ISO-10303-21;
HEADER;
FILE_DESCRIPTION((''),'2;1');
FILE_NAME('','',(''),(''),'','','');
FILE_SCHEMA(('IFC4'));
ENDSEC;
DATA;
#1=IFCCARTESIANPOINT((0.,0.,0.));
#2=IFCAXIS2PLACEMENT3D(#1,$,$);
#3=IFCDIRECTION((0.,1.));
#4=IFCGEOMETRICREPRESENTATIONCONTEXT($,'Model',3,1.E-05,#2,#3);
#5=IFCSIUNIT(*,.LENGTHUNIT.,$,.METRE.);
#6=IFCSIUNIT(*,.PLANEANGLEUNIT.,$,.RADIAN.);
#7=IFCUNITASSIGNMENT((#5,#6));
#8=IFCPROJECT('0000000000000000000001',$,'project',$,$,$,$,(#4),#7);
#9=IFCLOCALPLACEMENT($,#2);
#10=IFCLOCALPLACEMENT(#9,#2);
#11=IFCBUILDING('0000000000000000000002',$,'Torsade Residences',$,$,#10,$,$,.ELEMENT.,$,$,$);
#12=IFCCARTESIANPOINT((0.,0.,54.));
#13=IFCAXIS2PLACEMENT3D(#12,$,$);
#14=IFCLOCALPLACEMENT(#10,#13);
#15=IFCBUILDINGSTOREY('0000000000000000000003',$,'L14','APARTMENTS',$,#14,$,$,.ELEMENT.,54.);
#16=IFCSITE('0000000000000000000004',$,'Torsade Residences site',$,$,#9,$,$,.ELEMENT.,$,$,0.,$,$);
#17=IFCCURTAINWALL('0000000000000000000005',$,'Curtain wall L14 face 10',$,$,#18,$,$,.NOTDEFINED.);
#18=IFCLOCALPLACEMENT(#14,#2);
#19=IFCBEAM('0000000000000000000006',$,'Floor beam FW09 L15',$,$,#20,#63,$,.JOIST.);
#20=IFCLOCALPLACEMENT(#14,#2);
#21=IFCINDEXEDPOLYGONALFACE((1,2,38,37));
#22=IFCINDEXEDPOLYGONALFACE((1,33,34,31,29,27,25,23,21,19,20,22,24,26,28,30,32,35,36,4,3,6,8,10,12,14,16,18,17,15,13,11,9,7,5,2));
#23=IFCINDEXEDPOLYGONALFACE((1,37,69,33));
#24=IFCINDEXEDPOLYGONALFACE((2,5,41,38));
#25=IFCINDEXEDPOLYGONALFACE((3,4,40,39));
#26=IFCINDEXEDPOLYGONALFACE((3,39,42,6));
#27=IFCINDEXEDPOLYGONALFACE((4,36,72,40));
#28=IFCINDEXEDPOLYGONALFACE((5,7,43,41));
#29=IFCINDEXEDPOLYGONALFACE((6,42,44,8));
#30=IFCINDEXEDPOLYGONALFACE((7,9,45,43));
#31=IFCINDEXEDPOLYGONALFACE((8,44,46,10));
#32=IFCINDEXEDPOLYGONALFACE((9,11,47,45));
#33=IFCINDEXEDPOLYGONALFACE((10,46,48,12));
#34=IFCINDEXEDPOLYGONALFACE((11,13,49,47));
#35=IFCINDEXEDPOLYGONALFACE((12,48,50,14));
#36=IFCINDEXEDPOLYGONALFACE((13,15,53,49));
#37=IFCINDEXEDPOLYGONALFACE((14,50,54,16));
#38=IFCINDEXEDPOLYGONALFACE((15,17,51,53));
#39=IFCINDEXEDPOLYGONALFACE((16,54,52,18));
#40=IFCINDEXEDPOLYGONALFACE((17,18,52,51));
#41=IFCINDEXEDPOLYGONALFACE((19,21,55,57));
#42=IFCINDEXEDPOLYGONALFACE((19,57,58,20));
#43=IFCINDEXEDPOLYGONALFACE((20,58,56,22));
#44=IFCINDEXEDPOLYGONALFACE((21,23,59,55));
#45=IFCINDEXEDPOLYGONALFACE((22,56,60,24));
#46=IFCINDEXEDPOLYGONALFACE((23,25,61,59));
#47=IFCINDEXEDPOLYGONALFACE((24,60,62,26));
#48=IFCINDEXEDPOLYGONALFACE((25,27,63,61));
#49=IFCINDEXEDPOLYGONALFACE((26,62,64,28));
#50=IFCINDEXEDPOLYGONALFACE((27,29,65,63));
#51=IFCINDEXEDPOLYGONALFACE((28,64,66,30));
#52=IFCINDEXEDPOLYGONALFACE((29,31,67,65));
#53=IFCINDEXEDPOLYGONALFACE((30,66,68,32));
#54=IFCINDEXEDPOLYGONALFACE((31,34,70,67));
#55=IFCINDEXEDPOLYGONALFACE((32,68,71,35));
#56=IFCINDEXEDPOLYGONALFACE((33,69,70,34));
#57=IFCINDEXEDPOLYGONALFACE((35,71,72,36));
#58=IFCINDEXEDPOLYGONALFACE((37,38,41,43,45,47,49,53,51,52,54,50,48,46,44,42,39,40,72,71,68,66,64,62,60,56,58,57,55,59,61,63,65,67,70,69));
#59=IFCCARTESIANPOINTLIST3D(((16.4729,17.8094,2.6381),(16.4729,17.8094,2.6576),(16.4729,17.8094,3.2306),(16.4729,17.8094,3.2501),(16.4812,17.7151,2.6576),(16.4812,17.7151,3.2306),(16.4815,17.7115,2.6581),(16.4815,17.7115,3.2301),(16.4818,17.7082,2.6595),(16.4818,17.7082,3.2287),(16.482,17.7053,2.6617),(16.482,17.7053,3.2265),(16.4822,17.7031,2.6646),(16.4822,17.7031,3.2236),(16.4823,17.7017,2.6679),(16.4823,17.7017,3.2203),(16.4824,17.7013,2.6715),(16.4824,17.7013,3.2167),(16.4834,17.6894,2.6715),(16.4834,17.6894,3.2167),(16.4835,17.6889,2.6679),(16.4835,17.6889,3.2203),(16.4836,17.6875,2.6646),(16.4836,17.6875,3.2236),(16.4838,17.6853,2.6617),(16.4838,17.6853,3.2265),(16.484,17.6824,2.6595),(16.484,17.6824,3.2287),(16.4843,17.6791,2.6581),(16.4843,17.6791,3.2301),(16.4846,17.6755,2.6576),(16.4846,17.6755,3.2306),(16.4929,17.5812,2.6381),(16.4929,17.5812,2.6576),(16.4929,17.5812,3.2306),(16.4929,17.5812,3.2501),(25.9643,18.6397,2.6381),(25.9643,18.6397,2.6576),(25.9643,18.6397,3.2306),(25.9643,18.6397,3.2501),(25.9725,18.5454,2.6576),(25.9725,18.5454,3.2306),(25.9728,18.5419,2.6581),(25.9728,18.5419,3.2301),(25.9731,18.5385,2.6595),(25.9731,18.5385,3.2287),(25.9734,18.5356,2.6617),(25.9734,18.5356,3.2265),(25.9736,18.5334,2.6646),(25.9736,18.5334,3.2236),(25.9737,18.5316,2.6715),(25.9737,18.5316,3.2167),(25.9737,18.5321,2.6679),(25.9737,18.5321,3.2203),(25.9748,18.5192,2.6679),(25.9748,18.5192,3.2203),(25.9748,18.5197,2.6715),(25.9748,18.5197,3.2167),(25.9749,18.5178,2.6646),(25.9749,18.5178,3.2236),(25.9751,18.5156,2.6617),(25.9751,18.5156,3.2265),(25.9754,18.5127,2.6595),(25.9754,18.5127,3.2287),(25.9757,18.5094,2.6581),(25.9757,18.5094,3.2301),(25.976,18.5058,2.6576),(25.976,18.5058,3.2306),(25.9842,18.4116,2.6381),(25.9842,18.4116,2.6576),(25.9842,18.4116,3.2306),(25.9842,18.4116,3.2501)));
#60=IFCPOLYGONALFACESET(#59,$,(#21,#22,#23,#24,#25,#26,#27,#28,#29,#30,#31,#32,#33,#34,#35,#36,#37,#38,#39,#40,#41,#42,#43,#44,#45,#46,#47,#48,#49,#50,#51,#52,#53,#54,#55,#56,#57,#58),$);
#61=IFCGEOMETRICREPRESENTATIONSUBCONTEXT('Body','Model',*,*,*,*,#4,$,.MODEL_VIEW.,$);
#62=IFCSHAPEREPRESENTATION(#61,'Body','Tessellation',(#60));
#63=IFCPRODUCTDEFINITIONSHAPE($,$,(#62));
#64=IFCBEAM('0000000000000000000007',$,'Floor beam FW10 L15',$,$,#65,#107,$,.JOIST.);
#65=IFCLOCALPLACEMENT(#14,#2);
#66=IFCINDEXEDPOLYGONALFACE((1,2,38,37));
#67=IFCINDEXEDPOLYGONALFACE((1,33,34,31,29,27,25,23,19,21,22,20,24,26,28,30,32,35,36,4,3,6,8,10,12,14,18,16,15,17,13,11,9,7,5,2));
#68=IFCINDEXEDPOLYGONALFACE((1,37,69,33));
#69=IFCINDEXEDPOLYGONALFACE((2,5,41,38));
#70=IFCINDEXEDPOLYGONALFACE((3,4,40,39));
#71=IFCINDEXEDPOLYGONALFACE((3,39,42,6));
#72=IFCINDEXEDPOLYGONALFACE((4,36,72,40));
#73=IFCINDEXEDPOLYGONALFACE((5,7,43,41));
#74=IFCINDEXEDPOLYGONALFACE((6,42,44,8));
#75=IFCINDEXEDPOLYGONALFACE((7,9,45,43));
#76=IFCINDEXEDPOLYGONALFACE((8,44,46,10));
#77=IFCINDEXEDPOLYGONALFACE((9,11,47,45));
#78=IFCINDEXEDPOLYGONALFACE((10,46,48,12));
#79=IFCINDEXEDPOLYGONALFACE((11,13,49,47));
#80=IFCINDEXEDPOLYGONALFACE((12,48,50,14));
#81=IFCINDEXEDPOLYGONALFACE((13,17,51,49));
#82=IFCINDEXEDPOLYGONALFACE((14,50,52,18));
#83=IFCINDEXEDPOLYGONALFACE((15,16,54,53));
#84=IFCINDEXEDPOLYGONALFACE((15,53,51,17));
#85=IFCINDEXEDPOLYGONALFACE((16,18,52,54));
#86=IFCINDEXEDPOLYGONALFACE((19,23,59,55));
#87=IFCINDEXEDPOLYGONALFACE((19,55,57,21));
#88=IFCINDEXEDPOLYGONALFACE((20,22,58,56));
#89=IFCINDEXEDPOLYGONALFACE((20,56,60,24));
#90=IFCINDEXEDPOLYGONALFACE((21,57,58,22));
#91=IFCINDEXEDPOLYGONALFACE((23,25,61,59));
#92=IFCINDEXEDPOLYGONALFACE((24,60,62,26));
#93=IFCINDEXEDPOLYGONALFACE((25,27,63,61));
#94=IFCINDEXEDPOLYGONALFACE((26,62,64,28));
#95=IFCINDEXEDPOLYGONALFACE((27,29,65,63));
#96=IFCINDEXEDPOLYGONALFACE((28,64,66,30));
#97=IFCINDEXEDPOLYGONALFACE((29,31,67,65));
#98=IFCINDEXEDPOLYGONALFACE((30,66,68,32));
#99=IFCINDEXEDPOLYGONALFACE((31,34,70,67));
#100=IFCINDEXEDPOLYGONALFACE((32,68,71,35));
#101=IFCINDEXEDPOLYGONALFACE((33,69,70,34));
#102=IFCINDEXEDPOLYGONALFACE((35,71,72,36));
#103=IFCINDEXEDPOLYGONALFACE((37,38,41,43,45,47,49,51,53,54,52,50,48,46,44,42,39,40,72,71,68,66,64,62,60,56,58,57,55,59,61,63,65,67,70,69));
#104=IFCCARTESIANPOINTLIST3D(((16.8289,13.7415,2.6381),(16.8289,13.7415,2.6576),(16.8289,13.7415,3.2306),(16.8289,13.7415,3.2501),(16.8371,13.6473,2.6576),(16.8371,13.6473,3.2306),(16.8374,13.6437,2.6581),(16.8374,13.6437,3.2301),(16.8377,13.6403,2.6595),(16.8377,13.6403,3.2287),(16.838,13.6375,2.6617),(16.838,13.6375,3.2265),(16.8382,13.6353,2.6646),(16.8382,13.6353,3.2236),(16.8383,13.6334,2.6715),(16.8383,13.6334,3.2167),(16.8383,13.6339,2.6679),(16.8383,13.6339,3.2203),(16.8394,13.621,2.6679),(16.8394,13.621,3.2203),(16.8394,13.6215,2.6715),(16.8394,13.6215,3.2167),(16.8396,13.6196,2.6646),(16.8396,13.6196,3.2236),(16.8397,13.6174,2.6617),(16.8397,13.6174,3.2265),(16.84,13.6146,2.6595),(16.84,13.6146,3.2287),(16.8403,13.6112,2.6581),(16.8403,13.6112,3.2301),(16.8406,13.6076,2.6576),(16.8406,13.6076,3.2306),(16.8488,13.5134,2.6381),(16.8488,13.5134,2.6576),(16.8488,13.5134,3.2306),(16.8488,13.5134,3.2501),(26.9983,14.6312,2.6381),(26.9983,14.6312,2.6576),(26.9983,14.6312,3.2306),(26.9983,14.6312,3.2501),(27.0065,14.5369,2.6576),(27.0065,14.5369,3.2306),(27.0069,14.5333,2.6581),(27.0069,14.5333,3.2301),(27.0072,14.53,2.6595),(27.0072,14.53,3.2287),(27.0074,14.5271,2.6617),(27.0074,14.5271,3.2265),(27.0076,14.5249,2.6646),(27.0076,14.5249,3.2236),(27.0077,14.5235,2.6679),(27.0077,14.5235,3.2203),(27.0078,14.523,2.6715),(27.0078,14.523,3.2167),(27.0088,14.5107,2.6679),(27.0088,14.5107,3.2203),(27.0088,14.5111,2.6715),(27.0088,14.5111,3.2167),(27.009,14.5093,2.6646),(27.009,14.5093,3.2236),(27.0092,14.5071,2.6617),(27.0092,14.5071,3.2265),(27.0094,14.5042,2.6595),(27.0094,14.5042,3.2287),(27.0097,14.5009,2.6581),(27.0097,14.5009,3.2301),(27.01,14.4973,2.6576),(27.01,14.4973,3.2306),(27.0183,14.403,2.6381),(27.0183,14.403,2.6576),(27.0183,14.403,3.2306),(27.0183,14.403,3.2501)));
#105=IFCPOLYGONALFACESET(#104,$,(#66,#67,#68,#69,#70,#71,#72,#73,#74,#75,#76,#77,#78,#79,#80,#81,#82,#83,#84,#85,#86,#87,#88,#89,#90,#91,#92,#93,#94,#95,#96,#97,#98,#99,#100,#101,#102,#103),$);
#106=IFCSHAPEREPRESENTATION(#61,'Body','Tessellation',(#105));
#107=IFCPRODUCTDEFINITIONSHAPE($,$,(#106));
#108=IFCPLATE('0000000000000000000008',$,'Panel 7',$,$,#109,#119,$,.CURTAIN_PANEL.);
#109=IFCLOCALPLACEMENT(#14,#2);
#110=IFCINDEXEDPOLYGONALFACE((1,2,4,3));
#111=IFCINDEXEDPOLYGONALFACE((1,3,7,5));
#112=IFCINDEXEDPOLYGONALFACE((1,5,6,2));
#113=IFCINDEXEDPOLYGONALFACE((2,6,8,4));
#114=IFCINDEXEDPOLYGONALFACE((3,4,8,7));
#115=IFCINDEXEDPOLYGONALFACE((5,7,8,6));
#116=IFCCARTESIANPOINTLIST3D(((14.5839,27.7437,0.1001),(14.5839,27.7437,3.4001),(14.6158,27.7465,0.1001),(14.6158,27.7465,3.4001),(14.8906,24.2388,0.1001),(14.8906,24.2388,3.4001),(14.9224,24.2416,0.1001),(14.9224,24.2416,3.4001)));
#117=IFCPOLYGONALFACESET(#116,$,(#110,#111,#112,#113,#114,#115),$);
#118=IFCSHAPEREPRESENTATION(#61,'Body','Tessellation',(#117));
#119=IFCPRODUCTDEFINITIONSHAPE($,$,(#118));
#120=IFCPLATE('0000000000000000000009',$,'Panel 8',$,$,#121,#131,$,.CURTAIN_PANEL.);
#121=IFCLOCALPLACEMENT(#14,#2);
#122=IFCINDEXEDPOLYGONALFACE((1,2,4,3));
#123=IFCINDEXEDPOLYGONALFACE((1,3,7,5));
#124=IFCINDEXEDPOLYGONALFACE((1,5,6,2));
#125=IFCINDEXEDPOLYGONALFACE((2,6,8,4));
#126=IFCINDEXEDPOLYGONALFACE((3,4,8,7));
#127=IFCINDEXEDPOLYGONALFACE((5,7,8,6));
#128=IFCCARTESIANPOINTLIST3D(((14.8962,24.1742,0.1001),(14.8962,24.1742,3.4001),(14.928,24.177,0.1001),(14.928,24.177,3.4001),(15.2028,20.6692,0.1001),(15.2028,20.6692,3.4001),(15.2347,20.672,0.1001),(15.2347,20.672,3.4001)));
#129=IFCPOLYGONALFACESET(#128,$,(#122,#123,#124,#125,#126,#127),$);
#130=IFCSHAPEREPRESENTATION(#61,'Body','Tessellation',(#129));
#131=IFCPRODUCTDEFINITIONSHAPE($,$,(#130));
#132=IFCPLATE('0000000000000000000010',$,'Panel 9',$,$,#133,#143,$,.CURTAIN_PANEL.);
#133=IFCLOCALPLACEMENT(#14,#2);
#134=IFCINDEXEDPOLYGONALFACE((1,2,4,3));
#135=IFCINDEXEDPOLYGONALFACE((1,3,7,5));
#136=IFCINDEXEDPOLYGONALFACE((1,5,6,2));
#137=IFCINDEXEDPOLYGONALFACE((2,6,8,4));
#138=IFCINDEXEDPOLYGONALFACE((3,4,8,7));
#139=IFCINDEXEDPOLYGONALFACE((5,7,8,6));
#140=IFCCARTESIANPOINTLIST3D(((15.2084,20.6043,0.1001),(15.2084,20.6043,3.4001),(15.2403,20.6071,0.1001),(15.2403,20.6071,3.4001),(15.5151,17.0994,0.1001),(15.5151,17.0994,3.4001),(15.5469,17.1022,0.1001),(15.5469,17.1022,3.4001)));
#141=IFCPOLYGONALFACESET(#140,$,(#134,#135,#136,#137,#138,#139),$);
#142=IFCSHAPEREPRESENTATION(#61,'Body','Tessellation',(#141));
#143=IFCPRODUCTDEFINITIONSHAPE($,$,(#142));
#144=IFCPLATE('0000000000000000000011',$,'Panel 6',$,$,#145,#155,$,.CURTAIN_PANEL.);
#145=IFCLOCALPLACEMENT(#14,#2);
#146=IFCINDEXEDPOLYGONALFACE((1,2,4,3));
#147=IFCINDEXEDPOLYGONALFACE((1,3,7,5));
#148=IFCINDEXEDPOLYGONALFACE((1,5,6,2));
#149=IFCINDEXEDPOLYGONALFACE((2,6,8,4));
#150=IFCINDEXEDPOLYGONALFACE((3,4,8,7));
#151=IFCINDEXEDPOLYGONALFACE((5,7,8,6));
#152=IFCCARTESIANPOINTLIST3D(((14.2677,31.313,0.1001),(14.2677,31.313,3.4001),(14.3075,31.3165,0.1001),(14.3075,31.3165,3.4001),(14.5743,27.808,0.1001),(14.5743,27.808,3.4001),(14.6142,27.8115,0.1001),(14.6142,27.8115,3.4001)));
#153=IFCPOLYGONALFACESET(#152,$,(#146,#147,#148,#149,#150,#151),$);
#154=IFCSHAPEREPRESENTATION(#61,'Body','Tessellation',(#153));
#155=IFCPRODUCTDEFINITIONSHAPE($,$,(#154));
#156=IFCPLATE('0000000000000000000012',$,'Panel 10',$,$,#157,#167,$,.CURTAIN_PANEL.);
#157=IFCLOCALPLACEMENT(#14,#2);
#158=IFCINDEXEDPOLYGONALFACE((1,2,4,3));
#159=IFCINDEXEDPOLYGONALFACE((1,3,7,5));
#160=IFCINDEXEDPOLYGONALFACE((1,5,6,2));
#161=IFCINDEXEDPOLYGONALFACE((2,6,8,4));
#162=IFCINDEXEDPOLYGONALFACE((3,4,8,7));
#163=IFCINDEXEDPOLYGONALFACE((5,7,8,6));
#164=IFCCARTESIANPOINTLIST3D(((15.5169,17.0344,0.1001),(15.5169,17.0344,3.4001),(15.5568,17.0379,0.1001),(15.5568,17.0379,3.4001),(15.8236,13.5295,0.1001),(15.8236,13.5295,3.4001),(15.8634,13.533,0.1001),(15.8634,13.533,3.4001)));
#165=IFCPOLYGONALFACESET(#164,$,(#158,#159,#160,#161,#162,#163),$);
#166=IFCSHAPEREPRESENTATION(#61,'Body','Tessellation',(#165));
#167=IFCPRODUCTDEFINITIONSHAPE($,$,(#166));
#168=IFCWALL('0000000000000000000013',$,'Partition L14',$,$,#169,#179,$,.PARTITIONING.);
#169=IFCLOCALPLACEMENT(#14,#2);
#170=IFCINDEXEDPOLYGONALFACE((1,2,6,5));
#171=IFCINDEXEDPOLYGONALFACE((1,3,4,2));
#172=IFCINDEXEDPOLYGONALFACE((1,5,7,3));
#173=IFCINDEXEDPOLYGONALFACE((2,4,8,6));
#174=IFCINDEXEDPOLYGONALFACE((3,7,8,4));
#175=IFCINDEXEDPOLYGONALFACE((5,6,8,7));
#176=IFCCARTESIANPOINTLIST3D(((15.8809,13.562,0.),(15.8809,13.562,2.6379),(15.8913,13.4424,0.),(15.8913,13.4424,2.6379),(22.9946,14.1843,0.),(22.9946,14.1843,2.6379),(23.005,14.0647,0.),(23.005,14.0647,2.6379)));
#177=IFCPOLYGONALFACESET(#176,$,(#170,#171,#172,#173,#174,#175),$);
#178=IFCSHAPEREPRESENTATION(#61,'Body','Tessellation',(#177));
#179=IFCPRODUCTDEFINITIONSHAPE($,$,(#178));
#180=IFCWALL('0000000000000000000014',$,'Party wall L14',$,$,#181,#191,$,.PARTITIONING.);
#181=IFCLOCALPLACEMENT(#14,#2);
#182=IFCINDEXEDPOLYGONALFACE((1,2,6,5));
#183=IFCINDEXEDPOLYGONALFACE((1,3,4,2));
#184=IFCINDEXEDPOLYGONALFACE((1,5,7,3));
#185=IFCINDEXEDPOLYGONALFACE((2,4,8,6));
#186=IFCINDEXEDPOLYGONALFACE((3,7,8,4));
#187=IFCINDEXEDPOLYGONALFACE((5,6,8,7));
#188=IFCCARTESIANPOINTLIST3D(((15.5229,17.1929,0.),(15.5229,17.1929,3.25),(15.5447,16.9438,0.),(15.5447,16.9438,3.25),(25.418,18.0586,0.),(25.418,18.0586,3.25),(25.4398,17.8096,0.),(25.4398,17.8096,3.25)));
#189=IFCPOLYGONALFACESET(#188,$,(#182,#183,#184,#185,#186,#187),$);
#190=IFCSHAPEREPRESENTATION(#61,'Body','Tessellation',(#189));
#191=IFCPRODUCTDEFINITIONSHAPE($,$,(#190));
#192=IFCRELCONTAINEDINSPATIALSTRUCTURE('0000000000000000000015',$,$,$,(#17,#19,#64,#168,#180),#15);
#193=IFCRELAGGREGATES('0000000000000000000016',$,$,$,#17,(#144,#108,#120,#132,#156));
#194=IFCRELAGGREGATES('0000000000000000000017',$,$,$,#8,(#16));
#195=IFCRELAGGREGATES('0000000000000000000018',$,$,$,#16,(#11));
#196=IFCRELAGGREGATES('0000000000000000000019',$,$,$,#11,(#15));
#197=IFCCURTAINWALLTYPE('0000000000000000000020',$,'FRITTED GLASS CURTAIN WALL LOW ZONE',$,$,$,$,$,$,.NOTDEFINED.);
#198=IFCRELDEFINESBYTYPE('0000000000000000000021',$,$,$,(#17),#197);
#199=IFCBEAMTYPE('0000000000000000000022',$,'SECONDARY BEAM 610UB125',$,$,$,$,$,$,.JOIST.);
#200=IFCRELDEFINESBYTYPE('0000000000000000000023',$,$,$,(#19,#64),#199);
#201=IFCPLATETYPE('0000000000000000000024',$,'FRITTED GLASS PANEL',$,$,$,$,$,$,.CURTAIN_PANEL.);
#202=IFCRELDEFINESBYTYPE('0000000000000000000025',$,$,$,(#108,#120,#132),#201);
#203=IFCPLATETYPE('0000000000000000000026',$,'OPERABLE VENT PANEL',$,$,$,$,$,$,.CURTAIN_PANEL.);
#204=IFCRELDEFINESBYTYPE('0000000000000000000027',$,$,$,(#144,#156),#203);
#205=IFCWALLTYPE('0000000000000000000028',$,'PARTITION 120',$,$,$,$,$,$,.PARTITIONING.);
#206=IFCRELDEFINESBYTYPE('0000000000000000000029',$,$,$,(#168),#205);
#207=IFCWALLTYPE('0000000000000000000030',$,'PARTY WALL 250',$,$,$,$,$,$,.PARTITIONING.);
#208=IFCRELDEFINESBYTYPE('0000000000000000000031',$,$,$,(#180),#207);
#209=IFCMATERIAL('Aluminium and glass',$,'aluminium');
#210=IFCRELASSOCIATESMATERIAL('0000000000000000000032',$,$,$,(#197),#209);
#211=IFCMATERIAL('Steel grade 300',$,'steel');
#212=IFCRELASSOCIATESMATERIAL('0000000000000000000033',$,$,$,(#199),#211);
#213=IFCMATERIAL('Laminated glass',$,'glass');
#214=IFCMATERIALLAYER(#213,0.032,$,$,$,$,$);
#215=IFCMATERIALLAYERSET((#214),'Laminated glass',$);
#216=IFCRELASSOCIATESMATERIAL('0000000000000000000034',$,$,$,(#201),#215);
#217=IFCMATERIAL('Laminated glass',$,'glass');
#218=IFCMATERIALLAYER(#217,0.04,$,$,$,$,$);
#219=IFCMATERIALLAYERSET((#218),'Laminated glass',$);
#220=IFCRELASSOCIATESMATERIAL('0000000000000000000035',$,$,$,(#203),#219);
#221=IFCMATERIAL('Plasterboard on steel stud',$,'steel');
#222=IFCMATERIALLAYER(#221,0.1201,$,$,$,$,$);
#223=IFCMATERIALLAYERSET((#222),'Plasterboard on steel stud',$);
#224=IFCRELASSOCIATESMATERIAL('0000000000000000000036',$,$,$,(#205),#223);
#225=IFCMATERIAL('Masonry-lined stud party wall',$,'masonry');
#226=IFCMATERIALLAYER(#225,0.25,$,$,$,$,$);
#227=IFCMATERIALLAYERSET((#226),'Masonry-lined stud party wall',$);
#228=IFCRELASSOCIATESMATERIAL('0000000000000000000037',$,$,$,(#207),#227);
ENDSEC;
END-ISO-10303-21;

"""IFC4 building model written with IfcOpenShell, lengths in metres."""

from ifc_helpers import new_model, si_unit, direction, frame, frame_2d, origin, origin_2d, place, context, subcontext, project, spatial, rectangle, i_section, extrude, material, layer, layer_set, material_profile, profile_set, type_object, element, aggregate, save


model = new_model("IFC4")

# Units and contexts
model_context = context("Model", 3, precision=1e-05, world=origin(), true_north=direction((0.0, 1.0)))
body_context = subcontext(model_context, "Body", "Model", "MODEL_VIEW")
ifc_project = project(units=[si_unit("LENGTHUNIT", "METRE"), si_unit("PLANEANGLEUNIT", "RADIAN")], contexts=[model_context])

# Site, building, storey
site_placement = place(None, origin())
site = spatial("IfcSite", under=ifc_project, at=site_placement, Name="Torsade Residences site", CompositionType="ELEMENT", RefElevation=0.0)
building_placement = place(site_placement, origin())
building = spatial("IfcBuilding", under=site, at=building_placement, Name="Torsade Residences", CompositionType="ELEMENT")
storey_placement = place(building_placement, frame((0.0, 0.0, 54.0)))
storey = spatial("IfcBuildingStorey", under=building, at=storey_placement, Name="L14", Description="APARTMENTS", CompositionType="ELEMENT", Elevation=54.0)

# Curtain wall
ifc_material_1 = material(Name="Aluminium and glass", Category="aluminium")
curtain_wall_type = type_object("IfcCurtainWallType", Name="FRITTED GLASS CURTAIN WALL LOW ZONE", PredefinedType="NOTDEFINED", material=ifc_material_1)
curtain_wall_placement = place(storey_placement, origin())
curtain_wall = element("IfcCurtainWall", 1, at=curtain_wall_placement, inside=storey, type_object=curtain_wall_type, Name="Curtain wall L14 face 10", PredefinedType="NOTDEFINED")

# Beams
ifc_material_2 = material(Name="Steel grade 300", Category="steel")
ifc_material_profile_1 = material_profile(ifc_material_2, i_section(OverallWidth=0.229, OverallDepth=0.6121, WebThickness=0.012, FlangeThickness=0.0195, FilletRadius=0.0139, at=origin_2d()), Name="610UB125")
ifc_profile_set_1 = profile_set([ifc_material_profile_1], Name="Steel grade 300")
beam_type_1 = type_object("IfcBeamType", Name="SECONDARY BEAM 610UB125", PredefinedType="JOIST", material=ifc_profile_set_1)
beam_1_placement = place(storey_placement, frame((16.4829, 17.6953, 2.9441), z_axis=(0.996195, 0.087148, 0.0), x_axis=(-0.087148, 0.996195, 0.0)))
element("IfcBeam", 2, at=beam_1_placement, inside=storey, type_object=beam_type_1, Name="Floor beam FW09 L15", PredefinedType="JOIST", context=body_context, shape_type="SweptSolid", body=[
    extrude(i_section(OverallWidth=0.229, OverallDepth=0.6121, WebThickness=0.012, FlangeThickness=0.0195, FilletRadius=0.0139, at=origin_2d()), origin(), (0.0, 0.0, 1.0), 9.5276),
])
beam_2_placement = place(storey_placement, frame((16.8389, 13.6274, 2.9441), z_axis=(0.996195, 0.08715, 0.0), x_axis=(-0.08715, 0.996195, 0.0)))
element("IfcBeam", 3, at=beam_2_placement, inside=storey, type_object=beam_type_1, Name="Floor beam FW10 L15", PredefinedType="JOIST", context=body_context, shape_type="SweptSolid", body=[
    extrude(i_section(OverallWidth=0.229, OverallDepth=0.6121, WebThickness=0.012, FlangeThickness=0.0195, FilletRadius=0.0139, at=origin_2d()), origin(), (0.0, 0.0, 1.0), 10.2083),
])

# Plates
ifc_material_3 = material(Name="Laminated glass", Category="glass")
ifc_layer_1 = layer(ifc_material_3, 0.032)
ifc_layer_set_1 = layer_set([ifc_layer_1], Name="Laminated glass")
plate_type_1 = type_object("IfcPlateType", Name="FRITTED GLASS PANEL", PredefinedType="CURTAIN_PANEL", material=ifc_layer_set_1)
plate_1_placement = place(storey_placement, frame((14.7532, 25.9927, 0.1001), z_axis=(0.0, 0.0, 1.0), x_axis=(0.087156, -0.996195, 0.0)))
plate_1 = element("IfcPlate", 4, at=plate_1_placement, type_object=plate_type_1, Name="Panel 7", PredefinedType="CURTAIN_PANEL", context=body_context, shape_type="SweptSolid", body=[
    extrude(rectangle(XDim=3.5183, YDim=0.032, at=origin_2d()), origin(), (0.0, 0.0, 1.0), 3.3),
])
plate_2_placement = place(storey_placement, frame((15.0654, 22.4231, 0.1001), z_axis=(0.0, 0.0, 1.0), x_axis=(0.087156, -0.996195, 0.0)))
plate_2 = element("IfcPlate", 5, at=plate_2_placement, type_object=plate_type_1, Name="Panel 8", PredefinedType="CURTAIN_PANEL", context=body_context, shape_type="SweptSolid", body=[
    extrude(rectangle(XDim=3.5183, YDim=0.032, at=origin_2d()), origin(), (0.0, 0.0, 1.0), 3.3),
])
plate_3_placement = place(storey_placement, frame((15.3777, 18.8533, 0.1001), z_axis=(0.0, 0.0, 1.0), x_axis=(0.087156, -0.996195, 0.0)))
plate_3 = element("IfcPlate", 6, at=plate_3_placement, type_object=plate_type_1, Name="Panel 9", PredefinedType="CURTAIN_PANEL", context=body_context, shape_type="SweptSolid", body=[
    extrude(rectangle(XDim=3.5183, YDim=0.032, at=origin_2d()), origin(), (0.0, 0.0, 1.0), 3.3),
])
ifc_material_4 = material(Name="Laminated glass", Category="glass")
ifc_layer_2 = layer(ifc_material_4, 0.04)
ifc_layer_set_2 = layer_set([ifc_layer_2], Name="Laminated glass")
plate_type_2 = type_object("IfcPlateType", Name="OPERABLE VENT PANEL", PredefinedType="CURTAIN_PANEL", material=ifc_layer_set_2)
plate_4_placement = place(storey_placement, frame((14.4409, 29.5623, 0.1001), z_axis=(0.0, 0.0, 1.0), x_axis=(0.087156, -0.996195, 0.0)))
plate_4 = element("IfcPlate", 7, at=plate_4_placement, type_object=plate_type_2, Name="Panel 6", PredefinedType="CURTAIN_PANEL", context=body_context, shape_type="SweptSolid", body=[
    extrude(rectangle(XDim=3.5183, YDim=0.04, at=origin_2d()), origin(), (0.0, 0.0, 1.0), 3.3),
])
plate_5_placement = place(storey_placement, frame((15.6902, 15.2837, 0.1001), z_axis=(0.0, 0.0, 1.0), x_axis=(0.087156, -0.996195, 0.0)))
plate_5 = element("IfcPlate", 8, at=plate_5_placement, type_object=plate_type_2, Name="Panel 10", PredefinedType="CURTAIN_PANEL", context=body_context, shape_type="SweptSolid", body=[
    extrude(rectangle(XDim=3.5183, YDim=0.04, at=origin_2d()), origin(), (0.0, 0.0, 1.0), 3.3),
])
aggregate(curtain_wall, [plate_4, plate_1, plate_2, plate_3, plate_5])

# Walls
ifc_material_5 = material(Name="Plasterboard on steel stud", Category="steel")
ifc_layer_3 = layer(ifc_material_5, 0.1201)
ifc_layer_set_3 = layer_set([ifc_layer_3], Name="Plasterboard on steel stud")
wall_type_1 = type_object("IfcWallType", Name="PARTITION 120", PredefinedType="PARTITIONING", material=ifc_layer_set_3)
wall_1_placement = place(storey_placement, frame((15.8862, 13.5022, 0.0), z_axis=(0.0, 0.0, 1.0), x_axis=(0.996195, 0.087147, 0.0)))
element("IfcWall", 9, at=wall_1_placement, inside=storey, type_object=wall_type_1, Name="Partition L14", PredefinedType="PARTITIONING", context=body_context, shape_type="SweptSolid", body=[
    extrude(rectangle(XDim=7.1409, YDim=0.1201, at=frame_2d((3.5703, 0.0))), origin(), (0.0, 0.0, 1.0), 2.6379),
])
ifc_material_6 = material(Name="Masonry-lined stud party wall", Category="masonry")
ifc_layer_4 = layer(ifc_material_6, 0.25)
ifc_layer_set_4 = layer_set([ifc_layer_4], Name="Masonry-lined stud party wall")
wall_type_2 = type_object("IfcWallType", Name="PARTY WALL 250", PredefinedType="PARTITIONING", material=ifc_layer_set_4)
wall_2_placement = place(storey_placement, frame((15.5339, 17.0684, 0.0), z_axis=(0.0, 0.0, 1.0), x_axis=(0.996195, 0.087158, 0.0)))
element("IfcWall", 10, at=wall_2_placement, inside=storey, type_object=wall_type_2, Name="Party wall L14", PredefinedType="PARTITIONING", context=body_context, shape_type="SweptSolid", body=[
    extrude(rectangle(XDim=9.9329, YDim=0.25, at=frame_2d((4.9663, 0.0))), origin(), (0.0, 0.0, 1.0), 3.25),
])

save(model, "model.ifc")
